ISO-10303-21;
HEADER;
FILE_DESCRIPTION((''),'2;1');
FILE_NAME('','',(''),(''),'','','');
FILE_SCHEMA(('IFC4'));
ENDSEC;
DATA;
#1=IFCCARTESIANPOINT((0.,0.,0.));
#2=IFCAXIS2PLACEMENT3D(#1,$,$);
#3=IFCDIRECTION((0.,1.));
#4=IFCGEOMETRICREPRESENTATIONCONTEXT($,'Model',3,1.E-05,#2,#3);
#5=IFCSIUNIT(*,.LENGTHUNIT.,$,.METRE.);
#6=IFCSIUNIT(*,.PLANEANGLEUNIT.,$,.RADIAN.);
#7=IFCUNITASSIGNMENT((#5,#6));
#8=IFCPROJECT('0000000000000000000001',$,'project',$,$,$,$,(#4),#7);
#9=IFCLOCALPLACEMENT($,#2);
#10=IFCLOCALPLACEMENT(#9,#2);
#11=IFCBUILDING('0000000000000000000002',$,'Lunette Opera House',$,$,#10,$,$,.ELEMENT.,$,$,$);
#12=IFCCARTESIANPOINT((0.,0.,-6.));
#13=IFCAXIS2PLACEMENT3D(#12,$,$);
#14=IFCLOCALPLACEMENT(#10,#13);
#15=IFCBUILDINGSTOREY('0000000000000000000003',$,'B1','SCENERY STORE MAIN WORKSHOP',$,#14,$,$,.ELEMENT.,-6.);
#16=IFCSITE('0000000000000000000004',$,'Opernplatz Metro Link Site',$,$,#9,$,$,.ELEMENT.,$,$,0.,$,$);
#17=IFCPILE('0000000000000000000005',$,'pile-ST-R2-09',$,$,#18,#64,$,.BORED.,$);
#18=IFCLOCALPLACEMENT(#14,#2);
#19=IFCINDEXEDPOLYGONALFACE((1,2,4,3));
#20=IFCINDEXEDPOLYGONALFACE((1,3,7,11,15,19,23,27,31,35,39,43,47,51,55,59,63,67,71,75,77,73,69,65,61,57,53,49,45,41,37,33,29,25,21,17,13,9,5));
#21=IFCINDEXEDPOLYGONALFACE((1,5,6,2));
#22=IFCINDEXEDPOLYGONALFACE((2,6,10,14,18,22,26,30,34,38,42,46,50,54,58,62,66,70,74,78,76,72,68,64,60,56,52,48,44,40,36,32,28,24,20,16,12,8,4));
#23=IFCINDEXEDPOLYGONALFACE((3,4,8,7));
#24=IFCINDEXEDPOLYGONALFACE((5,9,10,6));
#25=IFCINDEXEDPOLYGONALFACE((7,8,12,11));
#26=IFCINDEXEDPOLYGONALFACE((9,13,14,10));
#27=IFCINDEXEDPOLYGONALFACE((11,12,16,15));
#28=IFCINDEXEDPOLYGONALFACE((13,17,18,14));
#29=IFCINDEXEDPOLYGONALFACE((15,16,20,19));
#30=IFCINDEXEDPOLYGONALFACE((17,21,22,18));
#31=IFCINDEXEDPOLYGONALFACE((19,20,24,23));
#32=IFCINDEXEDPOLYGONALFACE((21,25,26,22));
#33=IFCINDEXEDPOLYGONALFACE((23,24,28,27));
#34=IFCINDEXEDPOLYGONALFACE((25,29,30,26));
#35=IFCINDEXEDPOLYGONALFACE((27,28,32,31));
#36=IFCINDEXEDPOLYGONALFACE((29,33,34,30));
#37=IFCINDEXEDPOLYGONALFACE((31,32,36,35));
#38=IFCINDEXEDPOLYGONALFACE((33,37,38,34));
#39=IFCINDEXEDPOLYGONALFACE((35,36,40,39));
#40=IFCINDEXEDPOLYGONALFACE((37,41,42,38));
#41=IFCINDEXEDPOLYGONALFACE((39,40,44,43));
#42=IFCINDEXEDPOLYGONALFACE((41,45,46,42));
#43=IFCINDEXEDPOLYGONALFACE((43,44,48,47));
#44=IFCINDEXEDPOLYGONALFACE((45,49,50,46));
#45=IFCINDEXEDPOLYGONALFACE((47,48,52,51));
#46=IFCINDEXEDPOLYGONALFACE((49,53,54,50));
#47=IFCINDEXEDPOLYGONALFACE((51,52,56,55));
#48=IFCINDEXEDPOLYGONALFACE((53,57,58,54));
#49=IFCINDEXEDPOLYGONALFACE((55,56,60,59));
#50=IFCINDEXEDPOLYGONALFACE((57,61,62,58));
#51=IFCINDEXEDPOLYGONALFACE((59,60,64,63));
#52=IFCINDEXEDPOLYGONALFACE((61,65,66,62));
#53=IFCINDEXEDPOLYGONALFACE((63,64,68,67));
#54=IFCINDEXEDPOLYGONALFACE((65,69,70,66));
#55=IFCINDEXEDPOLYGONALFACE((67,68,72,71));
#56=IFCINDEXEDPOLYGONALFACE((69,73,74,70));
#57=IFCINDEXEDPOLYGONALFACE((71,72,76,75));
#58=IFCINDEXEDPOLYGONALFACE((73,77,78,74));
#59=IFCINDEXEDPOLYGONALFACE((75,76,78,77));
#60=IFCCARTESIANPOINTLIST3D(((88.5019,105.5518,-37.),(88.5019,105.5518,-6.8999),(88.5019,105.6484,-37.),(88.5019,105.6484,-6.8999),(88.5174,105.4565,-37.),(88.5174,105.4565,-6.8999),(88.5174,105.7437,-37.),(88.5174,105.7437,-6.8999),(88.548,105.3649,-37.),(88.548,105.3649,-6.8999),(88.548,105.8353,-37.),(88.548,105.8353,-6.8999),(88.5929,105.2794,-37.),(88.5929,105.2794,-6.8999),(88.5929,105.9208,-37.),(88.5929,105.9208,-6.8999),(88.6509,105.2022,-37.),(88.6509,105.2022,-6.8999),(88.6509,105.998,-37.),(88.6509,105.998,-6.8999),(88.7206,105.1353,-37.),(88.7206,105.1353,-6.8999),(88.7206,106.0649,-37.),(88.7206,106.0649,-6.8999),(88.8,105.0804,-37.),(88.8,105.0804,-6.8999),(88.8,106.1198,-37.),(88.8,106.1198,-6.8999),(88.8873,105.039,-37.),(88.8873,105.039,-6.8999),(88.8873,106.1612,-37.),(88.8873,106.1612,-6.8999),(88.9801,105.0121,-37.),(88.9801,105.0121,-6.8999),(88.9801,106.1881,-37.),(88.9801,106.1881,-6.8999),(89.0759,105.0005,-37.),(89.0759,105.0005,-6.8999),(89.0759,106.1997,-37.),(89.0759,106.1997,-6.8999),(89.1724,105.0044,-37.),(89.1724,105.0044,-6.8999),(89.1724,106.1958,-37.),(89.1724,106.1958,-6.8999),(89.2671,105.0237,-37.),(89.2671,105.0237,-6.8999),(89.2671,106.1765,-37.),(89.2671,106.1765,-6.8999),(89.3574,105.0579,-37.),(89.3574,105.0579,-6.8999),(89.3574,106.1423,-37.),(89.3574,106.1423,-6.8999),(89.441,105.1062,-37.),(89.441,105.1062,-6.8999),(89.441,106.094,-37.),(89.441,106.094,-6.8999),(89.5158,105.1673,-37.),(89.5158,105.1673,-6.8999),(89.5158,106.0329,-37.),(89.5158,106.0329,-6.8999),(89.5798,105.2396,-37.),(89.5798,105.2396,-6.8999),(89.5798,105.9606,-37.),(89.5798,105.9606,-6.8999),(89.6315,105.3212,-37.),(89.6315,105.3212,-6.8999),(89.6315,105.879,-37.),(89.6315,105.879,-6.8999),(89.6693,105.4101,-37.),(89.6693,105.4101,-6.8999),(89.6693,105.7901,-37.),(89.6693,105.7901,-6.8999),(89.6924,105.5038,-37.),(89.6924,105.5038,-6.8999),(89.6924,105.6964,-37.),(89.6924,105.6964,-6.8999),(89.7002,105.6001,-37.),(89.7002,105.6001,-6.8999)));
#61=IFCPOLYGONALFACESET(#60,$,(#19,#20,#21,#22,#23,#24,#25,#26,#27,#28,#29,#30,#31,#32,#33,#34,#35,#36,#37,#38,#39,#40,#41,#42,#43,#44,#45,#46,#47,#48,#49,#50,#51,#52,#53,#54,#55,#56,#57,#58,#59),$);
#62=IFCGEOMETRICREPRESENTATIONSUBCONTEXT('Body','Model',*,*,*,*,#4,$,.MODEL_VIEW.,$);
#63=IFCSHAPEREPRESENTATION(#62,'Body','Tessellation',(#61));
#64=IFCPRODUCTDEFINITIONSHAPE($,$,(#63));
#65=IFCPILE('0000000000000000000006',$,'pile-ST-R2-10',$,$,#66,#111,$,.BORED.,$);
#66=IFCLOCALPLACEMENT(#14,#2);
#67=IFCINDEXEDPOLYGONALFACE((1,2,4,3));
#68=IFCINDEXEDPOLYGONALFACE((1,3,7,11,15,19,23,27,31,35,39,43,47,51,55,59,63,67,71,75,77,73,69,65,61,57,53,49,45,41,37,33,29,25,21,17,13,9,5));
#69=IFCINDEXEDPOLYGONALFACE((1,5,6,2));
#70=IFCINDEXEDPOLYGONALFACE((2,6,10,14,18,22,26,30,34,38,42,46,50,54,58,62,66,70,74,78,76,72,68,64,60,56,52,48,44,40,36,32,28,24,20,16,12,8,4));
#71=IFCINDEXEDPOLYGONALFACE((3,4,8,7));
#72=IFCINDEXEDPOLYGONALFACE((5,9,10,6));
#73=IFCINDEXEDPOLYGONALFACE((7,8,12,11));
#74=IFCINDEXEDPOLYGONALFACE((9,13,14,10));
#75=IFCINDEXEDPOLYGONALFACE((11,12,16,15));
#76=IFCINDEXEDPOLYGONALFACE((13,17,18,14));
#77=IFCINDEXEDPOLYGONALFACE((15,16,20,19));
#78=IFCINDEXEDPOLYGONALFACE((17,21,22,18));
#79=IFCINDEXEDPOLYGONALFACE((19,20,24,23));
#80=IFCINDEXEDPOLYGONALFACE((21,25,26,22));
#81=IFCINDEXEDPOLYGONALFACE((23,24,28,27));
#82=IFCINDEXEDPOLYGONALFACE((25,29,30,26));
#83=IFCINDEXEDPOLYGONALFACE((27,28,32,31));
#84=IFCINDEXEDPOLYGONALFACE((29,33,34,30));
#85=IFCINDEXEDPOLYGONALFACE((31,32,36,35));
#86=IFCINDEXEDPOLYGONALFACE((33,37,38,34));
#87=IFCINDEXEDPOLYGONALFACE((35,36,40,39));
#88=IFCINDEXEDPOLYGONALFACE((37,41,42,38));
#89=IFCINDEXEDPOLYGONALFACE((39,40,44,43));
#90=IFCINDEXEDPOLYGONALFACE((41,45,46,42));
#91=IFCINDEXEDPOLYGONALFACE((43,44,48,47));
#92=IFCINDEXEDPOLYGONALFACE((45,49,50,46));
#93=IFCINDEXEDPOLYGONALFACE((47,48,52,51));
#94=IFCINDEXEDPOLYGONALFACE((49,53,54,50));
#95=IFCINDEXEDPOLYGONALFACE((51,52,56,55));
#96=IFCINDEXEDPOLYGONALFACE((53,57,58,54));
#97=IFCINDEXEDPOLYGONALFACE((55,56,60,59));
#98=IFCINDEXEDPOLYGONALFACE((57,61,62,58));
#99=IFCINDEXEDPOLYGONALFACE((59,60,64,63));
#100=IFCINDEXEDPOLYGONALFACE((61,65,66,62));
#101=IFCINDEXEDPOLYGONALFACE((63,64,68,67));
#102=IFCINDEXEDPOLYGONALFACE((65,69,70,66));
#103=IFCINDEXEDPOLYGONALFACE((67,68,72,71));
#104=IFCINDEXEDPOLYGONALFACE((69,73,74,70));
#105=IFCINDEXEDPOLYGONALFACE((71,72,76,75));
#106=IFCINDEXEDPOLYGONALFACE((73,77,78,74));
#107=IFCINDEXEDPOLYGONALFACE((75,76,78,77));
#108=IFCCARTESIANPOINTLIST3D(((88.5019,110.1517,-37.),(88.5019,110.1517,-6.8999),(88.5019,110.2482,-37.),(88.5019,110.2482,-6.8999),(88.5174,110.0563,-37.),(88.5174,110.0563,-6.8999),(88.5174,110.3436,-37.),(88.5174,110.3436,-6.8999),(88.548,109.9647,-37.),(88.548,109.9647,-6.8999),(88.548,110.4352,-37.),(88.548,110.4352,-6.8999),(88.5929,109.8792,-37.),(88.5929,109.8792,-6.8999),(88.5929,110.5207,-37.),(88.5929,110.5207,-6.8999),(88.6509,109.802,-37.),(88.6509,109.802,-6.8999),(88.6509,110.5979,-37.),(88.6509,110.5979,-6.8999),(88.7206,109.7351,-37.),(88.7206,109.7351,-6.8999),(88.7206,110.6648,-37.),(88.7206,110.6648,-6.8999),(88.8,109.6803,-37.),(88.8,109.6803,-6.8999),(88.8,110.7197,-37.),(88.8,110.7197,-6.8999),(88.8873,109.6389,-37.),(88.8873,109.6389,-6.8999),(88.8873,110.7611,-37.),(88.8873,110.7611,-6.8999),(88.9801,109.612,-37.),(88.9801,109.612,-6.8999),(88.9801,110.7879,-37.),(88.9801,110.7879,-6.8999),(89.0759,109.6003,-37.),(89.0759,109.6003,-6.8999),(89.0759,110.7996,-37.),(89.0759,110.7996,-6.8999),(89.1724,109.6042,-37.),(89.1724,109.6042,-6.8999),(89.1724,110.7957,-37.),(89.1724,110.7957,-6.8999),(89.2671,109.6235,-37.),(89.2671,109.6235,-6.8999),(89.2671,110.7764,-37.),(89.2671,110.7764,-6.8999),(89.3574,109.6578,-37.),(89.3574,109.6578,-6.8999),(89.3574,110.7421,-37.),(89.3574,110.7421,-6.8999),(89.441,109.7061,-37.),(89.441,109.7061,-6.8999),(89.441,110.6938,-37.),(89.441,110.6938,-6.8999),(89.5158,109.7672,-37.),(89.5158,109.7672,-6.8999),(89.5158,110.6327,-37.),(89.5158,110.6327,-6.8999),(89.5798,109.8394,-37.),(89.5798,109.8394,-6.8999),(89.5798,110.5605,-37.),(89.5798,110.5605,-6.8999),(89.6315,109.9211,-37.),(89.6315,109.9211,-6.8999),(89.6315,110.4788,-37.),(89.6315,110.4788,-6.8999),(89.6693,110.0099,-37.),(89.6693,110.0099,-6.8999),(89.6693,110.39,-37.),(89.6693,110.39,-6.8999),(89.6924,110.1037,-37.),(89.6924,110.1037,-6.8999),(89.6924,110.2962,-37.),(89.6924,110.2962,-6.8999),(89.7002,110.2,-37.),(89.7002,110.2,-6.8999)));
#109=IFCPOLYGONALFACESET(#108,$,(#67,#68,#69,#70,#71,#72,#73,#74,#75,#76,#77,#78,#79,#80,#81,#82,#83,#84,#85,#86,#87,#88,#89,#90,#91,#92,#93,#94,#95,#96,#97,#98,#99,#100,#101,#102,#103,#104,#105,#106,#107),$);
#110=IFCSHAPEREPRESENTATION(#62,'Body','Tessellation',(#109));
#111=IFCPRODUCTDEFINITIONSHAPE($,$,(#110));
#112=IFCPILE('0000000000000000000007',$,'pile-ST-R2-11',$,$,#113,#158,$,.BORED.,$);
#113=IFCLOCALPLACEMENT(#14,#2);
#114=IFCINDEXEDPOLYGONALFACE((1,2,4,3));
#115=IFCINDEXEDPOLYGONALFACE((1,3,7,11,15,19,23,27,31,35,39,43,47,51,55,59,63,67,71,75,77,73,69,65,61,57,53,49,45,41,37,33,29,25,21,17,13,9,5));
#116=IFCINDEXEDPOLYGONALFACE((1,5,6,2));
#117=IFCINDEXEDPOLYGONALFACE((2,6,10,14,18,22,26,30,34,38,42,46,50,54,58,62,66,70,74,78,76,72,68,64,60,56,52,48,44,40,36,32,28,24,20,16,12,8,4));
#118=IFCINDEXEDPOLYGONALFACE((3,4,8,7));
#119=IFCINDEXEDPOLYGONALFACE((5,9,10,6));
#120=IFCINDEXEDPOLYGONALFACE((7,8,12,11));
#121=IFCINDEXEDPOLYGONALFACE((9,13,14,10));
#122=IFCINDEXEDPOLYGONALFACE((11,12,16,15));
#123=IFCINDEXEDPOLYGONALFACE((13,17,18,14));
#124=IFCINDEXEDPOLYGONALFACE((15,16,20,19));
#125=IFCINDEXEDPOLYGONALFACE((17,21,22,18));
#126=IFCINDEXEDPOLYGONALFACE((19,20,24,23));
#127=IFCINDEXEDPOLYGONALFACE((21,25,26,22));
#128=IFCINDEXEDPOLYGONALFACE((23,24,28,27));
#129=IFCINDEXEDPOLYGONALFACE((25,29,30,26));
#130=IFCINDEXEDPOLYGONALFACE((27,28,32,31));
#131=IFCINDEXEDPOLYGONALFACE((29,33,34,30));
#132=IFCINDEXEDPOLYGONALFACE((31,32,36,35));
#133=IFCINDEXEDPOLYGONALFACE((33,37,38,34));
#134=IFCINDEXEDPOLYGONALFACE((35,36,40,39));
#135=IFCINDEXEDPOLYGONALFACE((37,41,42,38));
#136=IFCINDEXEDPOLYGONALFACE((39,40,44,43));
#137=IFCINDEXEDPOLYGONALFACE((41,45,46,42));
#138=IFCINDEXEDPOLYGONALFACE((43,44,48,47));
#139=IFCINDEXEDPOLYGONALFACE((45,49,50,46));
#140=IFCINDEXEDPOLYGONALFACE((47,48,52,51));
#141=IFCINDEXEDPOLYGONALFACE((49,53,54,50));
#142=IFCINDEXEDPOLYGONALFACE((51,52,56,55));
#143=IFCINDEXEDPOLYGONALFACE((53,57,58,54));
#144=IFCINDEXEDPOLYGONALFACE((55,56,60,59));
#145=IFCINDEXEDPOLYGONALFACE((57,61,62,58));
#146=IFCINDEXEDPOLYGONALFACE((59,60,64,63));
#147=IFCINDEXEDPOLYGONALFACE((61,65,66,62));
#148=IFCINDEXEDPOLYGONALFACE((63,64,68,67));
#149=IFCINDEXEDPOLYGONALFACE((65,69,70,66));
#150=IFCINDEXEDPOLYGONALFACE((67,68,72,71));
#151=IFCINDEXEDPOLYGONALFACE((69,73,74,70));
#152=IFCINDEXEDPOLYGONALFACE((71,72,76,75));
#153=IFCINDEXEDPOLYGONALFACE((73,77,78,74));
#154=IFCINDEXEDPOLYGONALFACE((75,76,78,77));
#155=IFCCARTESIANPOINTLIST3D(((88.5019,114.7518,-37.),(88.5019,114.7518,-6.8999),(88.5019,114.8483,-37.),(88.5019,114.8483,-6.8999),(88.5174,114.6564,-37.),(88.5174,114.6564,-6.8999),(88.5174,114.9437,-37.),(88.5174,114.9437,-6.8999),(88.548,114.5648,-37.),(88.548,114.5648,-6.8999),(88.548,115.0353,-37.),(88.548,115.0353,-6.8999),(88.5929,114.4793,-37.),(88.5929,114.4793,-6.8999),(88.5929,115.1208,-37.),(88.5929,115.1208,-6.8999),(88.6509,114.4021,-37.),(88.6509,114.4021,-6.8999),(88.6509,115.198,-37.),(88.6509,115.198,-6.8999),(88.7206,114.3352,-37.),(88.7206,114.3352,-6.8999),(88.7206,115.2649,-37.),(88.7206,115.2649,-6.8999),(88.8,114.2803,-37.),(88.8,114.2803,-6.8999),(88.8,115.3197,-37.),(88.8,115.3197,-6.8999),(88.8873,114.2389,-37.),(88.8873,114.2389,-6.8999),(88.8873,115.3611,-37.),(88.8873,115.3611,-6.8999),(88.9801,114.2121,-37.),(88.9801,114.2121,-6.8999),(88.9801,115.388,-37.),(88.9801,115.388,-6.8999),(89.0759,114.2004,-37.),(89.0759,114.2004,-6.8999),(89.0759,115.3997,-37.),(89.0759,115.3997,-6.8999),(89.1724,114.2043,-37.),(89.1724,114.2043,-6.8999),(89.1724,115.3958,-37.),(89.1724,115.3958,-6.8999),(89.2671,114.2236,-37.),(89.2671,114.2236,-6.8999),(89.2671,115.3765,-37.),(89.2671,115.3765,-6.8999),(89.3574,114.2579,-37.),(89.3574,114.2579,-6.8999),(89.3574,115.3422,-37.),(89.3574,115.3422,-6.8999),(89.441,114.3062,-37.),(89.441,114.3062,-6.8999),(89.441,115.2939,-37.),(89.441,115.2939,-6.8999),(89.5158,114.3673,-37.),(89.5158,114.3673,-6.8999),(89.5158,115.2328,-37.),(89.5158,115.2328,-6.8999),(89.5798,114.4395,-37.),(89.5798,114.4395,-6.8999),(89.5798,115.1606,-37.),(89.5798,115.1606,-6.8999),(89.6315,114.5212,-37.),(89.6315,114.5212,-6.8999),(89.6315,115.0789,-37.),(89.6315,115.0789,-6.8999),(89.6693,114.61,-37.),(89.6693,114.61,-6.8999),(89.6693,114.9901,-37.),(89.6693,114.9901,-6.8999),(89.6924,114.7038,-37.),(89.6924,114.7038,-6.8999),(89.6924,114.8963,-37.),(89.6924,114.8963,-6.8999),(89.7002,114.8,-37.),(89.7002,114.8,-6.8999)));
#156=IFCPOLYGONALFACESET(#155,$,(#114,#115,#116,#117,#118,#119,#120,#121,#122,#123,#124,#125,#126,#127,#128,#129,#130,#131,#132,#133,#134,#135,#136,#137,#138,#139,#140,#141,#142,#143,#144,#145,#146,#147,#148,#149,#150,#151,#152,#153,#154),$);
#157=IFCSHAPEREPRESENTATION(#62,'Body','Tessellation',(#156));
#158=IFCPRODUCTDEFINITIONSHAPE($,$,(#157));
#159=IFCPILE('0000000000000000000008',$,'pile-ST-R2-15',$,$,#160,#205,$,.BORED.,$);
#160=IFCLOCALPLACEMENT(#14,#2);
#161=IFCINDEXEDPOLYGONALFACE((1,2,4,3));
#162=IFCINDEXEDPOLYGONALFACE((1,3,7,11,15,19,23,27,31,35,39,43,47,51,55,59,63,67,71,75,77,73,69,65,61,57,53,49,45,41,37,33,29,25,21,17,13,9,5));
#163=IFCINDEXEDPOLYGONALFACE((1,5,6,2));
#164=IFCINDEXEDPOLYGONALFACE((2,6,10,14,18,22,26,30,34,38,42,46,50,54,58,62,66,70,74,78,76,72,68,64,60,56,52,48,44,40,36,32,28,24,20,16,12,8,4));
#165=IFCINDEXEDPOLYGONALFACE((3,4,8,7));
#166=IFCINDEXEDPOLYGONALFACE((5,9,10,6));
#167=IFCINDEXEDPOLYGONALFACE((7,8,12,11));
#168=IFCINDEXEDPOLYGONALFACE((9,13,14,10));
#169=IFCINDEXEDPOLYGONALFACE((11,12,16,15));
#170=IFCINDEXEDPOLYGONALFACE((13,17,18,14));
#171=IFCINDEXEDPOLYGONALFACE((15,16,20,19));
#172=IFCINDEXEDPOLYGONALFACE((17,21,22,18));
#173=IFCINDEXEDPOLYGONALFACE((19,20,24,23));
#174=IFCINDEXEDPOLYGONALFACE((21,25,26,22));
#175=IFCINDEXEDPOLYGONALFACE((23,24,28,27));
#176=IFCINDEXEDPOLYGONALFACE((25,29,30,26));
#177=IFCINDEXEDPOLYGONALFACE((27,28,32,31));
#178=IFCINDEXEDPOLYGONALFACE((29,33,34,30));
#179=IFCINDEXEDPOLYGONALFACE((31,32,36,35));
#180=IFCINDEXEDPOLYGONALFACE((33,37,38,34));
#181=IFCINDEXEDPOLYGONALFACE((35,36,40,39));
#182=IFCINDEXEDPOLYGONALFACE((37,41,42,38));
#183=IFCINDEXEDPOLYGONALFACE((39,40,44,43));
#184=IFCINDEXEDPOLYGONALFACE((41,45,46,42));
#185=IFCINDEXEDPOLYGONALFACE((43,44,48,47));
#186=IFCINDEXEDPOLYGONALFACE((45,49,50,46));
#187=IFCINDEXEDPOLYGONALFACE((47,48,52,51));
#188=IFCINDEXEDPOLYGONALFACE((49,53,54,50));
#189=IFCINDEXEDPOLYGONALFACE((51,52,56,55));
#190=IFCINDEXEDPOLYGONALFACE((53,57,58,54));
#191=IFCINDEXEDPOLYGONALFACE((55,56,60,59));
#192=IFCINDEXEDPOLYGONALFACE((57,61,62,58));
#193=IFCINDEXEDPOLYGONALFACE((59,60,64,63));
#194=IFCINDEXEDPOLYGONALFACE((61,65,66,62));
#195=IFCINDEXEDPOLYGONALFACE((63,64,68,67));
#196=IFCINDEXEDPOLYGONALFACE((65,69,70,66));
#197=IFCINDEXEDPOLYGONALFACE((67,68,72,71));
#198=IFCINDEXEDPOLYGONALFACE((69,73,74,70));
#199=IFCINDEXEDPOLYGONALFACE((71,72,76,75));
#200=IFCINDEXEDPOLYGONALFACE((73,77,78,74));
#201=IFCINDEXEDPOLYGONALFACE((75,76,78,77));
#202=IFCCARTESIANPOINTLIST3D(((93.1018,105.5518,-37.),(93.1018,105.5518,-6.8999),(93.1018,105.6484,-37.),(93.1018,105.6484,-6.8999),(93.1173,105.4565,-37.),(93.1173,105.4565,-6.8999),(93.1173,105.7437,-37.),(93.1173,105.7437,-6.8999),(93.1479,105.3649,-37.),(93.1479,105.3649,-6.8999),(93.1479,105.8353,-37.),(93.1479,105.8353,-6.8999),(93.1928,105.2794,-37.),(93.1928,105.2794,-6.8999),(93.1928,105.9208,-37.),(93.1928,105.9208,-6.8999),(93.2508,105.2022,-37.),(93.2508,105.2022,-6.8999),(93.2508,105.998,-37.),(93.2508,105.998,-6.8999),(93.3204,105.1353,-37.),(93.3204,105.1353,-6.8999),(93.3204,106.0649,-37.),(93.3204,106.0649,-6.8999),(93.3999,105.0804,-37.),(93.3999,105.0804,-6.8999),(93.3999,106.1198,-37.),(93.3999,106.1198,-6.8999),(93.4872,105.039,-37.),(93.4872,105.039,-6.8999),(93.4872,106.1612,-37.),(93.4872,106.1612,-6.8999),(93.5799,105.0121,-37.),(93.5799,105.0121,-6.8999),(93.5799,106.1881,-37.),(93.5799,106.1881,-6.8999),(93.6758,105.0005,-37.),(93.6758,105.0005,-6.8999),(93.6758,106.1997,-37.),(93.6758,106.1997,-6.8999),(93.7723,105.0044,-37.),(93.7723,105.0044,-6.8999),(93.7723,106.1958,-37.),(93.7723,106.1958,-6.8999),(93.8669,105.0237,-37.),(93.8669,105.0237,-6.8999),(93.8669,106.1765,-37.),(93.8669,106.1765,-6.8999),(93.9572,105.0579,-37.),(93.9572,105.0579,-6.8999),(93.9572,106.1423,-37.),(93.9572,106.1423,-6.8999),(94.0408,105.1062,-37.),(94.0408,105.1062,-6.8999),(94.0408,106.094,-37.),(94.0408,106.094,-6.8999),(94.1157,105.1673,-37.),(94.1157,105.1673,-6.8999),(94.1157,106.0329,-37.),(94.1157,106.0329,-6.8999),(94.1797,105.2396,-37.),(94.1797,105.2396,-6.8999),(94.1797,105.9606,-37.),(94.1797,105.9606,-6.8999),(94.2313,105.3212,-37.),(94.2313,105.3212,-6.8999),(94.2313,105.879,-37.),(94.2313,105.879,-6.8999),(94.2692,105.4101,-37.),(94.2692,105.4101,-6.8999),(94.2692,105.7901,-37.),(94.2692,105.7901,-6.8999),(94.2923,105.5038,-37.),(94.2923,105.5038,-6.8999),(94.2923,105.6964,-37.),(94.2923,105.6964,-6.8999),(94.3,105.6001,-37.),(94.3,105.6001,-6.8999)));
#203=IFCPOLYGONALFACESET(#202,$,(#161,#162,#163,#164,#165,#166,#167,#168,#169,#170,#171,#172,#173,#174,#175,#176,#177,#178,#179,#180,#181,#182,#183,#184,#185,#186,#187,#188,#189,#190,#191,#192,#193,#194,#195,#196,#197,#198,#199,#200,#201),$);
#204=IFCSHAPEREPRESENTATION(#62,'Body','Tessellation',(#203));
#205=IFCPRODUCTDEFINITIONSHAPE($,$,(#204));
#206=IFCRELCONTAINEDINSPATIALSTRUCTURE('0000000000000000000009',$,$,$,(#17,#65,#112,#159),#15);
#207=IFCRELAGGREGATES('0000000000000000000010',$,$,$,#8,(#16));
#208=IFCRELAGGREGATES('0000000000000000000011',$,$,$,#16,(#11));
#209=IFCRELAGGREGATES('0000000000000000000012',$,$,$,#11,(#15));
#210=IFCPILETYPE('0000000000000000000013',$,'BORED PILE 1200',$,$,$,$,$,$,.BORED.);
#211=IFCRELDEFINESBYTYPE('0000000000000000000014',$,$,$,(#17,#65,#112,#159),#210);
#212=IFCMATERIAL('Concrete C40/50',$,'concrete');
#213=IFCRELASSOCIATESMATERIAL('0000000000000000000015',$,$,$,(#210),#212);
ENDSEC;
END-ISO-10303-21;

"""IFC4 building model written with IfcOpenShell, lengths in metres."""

from ifc_helpers import new_model, si_unit, direction, frame, origin, origin_2d, place, context, subcontext, project, spatial, circle, extrude, material, material_profile, profile_set, type_object, element, save


model = new_model("IFC4")

# Units and contexts
model_context = context("Model", 3, precision=1e-05, world=origin(), true_north=direction((0.0, 1.0)))
body_context = subcontext(model_context, "Body", "Model", "MODEL_VIEW")
ifc_project = project(units=[si_unit("LENGTHUNIT", "METRE"), si_unit("PLANEANGLEUNIT", "RADIAN")], contexts=[model_context])

# Site, building, storey
site_placement = place(None, origin())
site = spatial("IfcSite", under=ifc_project, at=site_placement, Name="Opernplatz Metro Link Site", CompositionType="ELEMENT", RefElevation=0.0)
building_placement = place(site_placement, origin())
building = spatial("IfcBuilding", under=site, at=building_placement, Name="Lunette Opera House", CompositionType="ELEMENT")
storey_placement = place(building_placement, frame((0.0, 0.0, -6.0)))
storey = spatial("IfcBuildingStorey", under=building, at=storey_placement, Name="B1", Description="SCENERY STORE MAIN WORKSHOP", CompositionType="ELEMENT", Elevation=-6.0)

# Piles
ifc_material_1 = material(Name="Concrete C40/50", Category="concrete")
ifc_material_profile_1 = material_profile(ifc_material_1, circle(Radius=0.6001, at=origin_2d()), Name="BORED PILE 1200")
ifc_profile_set_1 = profile_set([ifc_material_profile_1], Name="Concrete C40/50")
pile_type = type_object("IfcPileType", Name="BORED PILE 1200", PredefinedType="BORED", material=ifc_profile_set_1)
for number, where, z_axis, x_axis, name in (
    (1, (89.1001, 105.6001, -6.8999), (0.0, 0.0, -1.0), (1.0, 0.0, 0.0), "pile-ST-R2-09"),
    (2, (89.1001, 110.2, -6.8999), (0.0, 0.0, -1.0), (1.0, 0.0, 0.0), "pile-ST-R2-10"),
    (3, (89.1001, 114.8, -6.8999), (0.0, 0.0, -1.0), (1.0, 0.0, 0.0), "pile-ST-R2-11"),
    (4, (93.7, 105.6001, -6.8999), (0.0, 0.0, -1.0), (1.0, 0.0, 0.0), "pile-ST-R2-15"),
):
    element("IfcPile", number, at=place(storey_placement, frame(where, z_axis=z_axis, x_axis=x_axis)), inside=storey, type_object=pile_type, Name=name, PredefinedType="BORED", context=body_context, shape_type="SweptSolid", body=[
        extrude(circle(Radius=0.6001, at=origin_2d()), origin(), (0.0, 0.0, 1.0), 30.1001),
    ])

save(model, "model.ifc")
